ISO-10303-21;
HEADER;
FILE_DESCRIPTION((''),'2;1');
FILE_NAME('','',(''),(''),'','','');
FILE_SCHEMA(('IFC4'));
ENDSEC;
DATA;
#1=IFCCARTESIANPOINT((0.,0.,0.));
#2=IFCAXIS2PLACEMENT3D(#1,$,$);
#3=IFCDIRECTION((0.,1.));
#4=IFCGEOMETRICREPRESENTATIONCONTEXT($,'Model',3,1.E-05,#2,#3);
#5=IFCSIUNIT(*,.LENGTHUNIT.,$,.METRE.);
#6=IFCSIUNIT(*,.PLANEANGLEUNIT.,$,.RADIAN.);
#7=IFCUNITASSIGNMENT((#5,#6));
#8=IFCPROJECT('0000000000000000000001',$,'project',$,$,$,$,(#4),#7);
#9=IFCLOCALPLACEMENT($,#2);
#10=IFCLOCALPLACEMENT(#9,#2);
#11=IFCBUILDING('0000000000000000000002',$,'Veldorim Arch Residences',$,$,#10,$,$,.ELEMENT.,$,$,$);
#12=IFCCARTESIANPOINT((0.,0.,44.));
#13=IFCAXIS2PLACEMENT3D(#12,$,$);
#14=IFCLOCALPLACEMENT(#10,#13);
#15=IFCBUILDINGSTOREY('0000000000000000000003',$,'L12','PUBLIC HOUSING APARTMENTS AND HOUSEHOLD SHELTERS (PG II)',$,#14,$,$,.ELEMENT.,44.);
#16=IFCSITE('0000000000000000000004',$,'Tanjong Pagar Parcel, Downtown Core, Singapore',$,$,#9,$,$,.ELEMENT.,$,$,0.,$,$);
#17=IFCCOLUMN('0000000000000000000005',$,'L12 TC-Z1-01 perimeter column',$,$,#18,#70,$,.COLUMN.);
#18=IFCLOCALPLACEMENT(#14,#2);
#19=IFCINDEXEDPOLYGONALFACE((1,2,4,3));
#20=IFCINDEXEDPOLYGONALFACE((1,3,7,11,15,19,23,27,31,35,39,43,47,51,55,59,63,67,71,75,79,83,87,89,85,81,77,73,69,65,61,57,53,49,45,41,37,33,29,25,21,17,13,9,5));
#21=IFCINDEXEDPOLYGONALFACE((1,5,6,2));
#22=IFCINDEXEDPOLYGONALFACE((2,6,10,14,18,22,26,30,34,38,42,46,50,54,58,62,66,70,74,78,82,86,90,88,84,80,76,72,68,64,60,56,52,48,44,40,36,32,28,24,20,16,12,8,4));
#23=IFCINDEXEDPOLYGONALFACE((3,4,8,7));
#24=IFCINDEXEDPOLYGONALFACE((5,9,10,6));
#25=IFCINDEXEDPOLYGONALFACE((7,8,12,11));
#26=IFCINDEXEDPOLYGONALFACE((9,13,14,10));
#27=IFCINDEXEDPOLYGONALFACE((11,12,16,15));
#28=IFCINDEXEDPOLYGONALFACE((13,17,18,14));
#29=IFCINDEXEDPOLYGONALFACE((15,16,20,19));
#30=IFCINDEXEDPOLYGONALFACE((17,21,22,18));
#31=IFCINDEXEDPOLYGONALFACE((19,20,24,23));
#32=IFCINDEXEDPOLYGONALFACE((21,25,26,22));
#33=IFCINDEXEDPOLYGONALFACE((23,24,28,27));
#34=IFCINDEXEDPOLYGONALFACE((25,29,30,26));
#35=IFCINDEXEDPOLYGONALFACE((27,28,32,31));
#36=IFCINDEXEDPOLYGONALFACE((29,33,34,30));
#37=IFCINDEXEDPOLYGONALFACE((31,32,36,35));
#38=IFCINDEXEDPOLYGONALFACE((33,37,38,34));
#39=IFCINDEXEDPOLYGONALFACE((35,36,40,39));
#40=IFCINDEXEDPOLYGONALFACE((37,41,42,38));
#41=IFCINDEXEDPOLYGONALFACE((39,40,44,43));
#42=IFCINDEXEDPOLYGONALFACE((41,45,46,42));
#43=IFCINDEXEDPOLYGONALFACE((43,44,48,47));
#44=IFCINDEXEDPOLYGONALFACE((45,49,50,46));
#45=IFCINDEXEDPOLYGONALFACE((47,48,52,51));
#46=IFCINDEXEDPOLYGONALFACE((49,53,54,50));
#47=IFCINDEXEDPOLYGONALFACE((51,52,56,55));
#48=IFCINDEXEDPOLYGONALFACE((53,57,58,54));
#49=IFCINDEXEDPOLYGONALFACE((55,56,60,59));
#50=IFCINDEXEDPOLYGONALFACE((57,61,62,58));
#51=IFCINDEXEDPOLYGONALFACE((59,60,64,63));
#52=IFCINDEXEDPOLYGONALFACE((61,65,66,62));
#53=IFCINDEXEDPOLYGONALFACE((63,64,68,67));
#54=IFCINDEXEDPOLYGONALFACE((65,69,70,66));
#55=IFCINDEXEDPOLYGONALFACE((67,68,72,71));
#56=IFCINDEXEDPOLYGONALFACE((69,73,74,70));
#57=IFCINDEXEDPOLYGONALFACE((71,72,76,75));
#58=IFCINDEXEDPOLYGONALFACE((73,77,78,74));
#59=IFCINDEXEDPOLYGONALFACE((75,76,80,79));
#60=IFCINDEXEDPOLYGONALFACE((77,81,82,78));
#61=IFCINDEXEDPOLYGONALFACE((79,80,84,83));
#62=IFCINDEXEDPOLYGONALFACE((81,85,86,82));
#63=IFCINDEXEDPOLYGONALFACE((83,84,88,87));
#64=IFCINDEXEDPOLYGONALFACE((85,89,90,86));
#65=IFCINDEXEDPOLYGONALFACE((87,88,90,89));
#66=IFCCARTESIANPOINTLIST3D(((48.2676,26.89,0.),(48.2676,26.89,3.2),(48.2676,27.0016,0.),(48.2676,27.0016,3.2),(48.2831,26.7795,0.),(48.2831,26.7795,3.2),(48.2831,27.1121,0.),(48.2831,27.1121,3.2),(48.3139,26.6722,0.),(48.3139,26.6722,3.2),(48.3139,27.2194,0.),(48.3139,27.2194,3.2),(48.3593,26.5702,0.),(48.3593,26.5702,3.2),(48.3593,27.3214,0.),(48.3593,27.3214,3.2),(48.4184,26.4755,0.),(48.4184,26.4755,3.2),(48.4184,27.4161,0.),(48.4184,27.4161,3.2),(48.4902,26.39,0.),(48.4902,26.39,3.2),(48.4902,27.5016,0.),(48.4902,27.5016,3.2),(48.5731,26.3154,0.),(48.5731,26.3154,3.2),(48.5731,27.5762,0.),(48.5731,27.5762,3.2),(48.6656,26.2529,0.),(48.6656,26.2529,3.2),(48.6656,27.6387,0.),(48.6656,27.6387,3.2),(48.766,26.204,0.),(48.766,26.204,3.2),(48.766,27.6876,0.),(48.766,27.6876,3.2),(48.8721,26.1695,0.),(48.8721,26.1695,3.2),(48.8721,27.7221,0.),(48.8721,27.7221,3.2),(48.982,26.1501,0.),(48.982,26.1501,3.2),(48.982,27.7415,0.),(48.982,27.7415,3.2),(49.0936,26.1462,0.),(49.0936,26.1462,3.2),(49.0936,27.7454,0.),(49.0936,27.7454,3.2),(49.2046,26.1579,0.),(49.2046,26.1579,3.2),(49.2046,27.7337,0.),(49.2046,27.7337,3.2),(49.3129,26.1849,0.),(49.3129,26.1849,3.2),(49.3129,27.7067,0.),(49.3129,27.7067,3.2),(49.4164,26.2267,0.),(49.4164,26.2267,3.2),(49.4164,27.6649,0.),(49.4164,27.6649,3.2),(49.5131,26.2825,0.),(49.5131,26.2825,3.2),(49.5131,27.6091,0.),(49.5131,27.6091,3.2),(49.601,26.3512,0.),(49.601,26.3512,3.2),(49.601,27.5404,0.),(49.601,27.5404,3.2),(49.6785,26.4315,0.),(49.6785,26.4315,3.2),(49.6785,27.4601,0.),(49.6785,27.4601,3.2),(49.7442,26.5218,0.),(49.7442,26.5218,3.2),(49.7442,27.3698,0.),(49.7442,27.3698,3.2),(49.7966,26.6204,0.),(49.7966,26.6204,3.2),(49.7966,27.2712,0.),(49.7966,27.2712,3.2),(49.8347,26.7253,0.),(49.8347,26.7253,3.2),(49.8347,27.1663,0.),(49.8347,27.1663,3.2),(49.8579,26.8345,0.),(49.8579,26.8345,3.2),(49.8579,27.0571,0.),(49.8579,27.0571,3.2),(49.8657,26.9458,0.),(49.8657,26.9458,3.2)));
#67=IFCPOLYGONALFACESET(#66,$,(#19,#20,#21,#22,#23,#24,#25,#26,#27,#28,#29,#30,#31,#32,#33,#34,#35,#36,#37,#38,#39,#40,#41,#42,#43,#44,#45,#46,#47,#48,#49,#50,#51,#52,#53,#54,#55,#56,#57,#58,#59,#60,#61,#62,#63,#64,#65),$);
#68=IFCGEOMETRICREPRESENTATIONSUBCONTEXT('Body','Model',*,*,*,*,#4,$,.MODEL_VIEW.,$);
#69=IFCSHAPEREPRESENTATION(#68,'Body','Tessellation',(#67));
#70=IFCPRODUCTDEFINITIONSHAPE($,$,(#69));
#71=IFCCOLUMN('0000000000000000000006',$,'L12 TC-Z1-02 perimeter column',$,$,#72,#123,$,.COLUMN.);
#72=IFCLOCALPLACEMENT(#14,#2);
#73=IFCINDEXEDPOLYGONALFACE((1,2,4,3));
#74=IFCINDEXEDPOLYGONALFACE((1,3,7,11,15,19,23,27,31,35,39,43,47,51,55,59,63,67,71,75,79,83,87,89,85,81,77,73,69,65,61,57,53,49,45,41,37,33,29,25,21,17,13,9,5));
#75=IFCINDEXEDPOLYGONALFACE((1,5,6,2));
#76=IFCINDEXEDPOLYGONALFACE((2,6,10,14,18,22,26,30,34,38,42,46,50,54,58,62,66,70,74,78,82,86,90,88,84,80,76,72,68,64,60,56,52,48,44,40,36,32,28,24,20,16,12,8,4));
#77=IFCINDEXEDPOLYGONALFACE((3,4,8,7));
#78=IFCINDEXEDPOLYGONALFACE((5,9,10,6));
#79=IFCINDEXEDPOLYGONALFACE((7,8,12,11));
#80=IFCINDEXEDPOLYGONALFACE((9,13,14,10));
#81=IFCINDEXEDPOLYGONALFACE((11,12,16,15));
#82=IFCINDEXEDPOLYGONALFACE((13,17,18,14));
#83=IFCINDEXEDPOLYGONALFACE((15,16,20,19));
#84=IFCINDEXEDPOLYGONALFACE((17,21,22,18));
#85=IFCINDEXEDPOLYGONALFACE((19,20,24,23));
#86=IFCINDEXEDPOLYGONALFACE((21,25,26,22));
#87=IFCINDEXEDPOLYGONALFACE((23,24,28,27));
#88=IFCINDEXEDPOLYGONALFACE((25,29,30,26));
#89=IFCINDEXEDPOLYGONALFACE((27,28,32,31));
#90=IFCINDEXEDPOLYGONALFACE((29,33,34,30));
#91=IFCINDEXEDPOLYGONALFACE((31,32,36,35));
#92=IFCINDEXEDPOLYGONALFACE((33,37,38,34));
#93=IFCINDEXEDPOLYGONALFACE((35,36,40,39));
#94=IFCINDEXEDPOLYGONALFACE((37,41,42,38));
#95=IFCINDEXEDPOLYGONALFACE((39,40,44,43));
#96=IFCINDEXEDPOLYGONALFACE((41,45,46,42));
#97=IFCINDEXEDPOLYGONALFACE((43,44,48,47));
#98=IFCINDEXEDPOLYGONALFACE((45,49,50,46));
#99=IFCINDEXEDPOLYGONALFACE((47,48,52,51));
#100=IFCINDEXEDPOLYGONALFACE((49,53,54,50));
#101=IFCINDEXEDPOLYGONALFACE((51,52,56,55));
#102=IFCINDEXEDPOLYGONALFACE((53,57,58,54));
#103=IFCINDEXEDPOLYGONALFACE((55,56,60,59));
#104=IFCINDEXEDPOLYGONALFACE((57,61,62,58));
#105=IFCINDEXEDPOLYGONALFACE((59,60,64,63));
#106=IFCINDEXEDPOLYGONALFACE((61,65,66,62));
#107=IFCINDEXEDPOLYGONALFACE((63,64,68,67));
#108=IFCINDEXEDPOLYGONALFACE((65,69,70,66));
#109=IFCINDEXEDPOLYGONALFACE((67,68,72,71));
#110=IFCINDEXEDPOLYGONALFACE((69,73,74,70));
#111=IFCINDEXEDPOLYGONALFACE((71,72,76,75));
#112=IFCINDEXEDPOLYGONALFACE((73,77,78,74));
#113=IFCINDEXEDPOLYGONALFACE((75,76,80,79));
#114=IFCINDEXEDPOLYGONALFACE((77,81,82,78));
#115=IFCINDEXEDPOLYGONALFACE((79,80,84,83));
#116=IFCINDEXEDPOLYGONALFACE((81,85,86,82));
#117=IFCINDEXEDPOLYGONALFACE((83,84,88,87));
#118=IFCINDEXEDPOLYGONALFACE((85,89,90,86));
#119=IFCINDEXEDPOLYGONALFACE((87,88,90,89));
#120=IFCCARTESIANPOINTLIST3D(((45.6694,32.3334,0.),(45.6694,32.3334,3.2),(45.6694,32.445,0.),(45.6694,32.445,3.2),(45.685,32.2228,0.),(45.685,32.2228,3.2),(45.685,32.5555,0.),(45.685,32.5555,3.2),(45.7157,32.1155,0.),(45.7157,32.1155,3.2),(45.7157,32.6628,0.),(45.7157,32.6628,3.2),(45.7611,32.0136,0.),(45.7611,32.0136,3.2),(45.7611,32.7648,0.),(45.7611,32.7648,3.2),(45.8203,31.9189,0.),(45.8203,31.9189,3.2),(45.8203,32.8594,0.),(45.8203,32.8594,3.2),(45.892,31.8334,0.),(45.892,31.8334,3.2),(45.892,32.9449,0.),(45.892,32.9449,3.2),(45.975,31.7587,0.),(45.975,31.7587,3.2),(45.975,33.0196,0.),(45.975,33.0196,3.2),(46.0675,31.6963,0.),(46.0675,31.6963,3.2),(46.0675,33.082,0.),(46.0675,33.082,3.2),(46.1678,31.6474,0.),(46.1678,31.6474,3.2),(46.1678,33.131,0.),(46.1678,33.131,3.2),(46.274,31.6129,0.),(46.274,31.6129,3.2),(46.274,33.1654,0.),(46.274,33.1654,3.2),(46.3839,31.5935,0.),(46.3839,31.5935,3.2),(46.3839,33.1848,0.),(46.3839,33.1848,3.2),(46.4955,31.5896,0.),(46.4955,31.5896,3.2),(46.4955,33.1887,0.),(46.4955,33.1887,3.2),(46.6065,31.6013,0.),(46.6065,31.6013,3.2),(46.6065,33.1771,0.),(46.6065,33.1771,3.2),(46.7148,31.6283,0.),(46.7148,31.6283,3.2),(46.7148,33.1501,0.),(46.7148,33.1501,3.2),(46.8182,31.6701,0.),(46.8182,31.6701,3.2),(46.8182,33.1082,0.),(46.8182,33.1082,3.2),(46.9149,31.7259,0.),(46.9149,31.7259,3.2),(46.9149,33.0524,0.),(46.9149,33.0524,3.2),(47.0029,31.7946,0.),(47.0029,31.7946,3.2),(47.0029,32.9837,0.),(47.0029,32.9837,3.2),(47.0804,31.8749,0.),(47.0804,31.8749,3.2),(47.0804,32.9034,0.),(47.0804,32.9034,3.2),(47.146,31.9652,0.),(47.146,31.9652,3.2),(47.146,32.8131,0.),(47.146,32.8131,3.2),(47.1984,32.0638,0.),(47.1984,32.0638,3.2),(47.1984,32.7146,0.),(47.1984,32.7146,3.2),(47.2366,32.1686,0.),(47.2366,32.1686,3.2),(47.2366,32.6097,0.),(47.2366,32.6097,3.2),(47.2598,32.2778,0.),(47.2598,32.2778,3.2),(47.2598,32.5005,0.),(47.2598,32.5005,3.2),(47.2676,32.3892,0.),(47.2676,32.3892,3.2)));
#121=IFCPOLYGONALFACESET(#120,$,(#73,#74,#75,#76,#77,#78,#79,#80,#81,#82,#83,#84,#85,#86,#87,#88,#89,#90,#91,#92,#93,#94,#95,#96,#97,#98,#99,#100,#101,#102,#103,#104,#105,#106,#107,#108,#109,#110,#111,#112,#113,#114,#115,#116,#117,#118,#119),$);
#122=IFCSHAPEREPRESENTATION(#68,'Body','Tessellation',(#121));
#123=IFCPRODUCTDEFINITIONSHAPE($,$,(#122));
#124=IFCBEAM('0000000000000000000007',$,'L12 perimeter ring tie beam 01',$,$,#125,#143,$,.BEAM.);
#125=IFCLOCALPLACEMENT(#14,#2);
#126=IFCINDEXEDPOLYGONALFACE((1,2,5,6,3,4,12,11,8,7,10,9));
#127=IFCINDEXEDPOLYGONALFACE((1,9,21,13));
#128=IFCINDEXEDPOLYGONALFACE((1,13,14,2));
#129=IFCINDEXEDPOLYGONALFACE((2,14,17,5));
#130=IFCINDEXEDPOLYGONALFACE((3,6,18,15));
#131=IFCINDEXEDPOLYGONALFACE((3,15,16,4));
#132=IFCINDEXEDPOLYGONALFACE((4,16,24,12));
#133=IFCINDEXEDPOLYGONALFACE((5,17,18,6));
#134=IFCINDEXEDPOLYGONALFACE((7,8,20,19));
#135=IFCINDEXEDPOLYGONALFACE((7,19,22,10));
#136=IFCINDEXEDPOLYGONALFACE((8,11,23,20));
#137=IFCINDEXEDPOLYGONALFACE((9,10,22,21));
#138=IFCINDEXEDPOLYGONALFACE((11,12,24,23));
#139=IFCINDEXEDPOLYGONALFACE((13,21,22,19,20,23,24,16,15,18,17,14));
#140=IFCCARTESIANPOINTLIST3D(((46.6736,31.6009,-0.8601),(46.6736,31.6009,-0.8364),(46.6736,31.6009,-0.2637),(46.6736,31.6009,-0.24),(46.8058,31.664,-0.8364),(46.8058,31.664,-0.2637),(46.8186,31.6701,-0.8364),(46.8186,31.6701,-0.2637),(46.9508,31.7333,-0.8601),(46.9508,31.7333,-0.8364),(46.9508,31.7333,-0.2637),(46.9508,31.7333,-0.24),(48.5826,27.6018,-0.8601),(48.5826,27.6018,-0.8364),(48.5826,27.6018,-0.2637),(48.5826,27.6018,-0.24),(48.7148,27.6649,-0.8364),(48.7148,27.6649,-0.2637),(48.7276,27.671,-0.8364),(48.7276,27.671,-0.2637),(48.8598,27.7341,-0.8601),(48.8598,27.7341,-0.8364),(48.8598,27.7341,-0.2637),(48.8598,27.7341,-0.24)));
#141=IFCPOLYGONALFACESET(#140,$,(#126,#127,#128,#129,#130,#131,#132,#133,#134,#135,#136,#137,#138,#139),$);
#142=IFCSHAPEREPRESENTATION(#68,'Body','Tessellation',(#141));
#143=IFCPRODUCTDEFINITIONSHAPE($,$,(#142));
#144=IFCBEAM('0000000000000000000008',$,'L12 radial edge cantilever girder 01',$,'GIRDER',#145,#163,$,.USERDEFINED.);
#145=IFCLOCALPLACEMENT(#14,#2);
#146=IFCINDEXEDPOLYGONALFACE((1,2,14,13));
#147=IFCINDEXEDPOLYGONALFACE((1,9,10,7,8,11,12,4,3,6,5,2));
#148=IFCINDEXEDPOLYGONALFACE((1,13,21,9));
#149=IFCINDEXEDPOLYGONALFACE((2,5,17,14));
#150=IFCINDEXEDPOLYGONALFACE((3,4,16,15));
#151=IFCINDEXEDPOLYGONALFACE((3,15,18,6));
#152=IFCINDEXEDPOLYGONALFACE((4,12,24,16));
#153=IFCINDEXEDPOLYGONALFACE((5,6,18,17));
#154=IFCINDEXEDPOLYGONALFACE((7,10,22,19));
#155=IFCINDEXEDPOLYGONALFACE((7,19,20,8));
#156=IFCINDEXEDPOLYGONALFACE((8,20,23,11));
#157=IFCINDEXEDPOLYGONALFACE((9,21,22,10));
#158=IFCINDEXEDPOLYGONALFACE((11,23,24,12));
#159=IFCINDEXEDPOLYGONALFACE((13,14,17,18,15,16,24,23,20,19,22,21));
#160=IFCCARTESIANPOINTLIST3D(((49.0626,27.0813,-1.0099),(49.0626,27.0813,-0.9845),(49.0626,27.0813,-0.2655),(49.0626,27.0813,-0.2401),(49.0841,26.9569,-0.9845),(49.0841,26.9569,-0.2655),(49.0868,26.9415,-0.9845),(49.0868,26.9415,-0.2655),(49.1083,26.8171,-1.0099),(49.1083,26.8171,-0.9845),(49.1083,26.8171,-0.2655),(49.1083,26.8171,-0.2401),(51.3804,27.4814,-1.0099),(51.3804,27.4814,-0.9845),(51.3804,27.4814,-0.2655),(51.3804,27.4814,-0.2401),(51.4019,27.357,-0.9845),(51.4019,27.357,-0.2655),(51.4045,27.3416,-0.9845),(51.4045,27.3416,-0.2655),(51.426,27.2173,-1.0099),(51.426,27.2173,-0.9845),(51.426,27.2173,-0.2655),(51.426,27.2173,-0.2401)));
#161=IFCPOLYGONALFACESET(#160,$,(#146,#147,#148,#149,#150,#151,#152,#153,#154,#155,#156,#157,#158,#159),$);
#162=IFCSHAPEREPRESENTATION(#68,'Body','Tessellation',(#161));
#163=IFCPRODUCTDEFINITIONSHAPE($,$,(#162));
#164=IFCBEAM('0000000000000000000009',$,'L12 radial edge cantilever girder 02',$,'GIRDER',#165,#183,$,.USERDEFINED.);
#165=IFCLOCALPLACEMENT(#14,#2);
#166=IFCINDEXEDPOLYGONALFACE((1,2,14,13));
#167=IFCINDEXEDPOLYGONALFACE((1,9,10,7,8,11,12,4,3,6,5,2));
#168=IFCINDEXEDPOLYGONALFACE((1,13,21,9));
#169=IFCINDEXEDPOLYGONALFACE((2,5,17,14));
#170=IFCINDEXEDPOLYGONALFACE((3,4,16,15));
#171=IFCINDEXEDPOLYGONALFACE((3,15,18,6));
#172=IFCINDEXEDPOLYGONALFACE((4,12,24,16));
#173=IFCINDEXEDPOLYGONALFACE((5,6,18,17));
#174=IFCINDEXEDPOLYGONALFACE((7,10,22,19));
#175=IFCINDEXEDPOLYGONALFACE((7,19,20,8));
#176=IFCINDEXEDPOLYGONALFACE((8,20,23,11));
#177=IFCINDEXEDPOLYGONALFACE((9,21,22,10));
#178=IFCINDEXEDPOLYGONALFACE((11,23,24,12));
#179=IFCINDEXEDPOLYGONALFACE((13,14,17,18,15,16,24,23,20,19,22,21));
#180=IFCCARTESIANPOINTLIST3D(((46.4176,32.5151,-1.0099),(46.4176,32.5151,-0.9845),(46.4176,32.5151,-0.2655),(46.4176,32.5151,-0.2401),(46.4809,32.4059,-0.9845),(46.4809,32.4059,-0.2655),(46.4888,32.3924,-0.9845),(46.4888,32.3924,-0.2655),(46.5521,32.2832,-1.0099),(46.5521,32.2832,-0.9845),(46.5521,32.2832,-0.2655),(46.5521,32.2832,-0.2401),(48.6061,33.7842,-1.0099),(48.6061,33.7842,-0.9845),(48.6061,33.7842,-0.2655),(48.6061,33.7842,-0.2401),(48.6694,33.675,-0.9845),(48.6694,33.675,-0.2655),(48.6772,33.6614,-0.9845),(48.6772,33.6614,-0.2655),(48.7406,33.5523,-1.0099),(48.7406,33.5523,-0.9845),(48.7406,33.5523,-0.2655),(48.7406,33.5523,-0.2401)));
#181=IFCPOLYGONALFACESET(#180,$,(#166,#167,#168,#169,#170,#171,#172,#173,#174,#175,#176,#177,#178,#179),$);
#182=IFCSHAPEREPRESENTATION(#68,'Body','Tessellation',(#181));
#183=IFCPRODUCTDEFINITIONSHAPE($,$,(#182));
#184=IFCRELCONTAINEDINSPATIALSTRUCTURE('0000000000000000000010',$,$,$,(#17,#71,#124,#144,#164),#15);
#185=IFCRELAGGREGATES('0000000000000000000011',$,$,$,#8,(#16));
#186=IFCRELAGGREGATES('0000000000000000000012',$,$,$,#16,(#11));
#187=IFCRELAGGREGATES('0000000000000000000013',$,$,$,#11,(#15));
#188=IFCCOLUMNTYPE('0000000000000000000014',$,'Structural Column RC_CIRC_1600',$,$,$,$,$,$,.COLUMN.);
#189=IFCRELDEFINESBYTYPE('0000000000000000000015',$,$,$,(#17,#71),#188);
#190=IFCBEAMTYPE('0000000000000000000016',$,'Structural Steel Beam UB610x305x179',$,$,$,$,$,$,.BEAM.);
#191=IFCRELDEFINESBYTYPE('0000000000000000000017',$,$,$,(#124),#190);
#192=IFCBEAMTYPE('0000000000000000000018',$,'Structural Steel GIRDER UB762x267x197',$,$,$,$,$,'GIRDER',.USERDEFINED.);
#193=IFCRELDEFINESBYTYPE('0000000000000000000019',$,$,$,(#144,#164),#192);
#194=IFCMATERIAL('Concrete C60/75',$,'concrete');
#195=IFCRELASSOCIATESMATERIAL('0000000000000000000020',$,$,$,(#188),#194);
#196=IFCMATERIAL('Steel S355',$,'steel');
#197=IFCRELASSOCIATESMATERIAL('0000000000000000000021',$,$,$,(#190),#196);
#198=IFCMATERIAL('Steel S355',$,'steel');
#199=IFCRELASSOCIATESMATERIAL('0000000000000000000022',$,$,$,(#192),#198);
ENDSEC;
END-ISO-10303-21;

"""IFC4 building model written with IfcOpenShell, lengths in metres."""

from ifc_helpers import new_model, si_unit, direction, frame, origin, origin_2d, place, context, subcontext, project, spatial, circle, i_section, extrude, material, material_profile, profile_set, type_object, element, save


model = new_model("IFC4")

# Units and contexts
model_context = context("Model", 3, precision=1e-05, world=origin(), true_north=direction((0.0, 1.0)))
body_context = subcontext(model_context, "Body", "Model", "MODEL_VIEW")
ifc_project = project(units=[si_unit("LENGTHUNIT", "METRE"), si_unit("PLANEANGLEUNIT", "RADIAN")], contexts=[model_context])

# Site, building, storey
site_placement = place(None, origin())
site = spatial("IfcSite", under=ifc_project, at=site_placement, Name="Tanjong Pagar Parcel, Downtown Core, Singapore", CompositionType="ELEMENT", RefElevation=0.0)
building_placement = place(site_placement, origin())
building = spatial("IfcBuilding", under=site, at=building_placement, Name="Veldorim Arch Residences", CompositionType="ELEMENT")
storey_placement = place(building_placement, frame((0.0, 0.0, 44.0)))
storey = spatial("IfcBuildingStorey", under=building, at=storey_placement, Name="L12", Description="PUBLIC HOUSING APARTMENTS AND HOUSEHOLD SHELTERS (PG II)", CompositionType="ELEMENT", Elevation=44.0)

# Columns
ifc_material_1 = material(Name="Concrete C60/75", Category="concrete")
ifc_material_profile_1 = material_profile(ifc_material_1, circle(Radius=0.8, at=origin_2d()), Name="RC_CIRC_1600")
ifc_profile_set_1 = profile_set([ifc_material_profile_1], Name="Concrete C60/75")
column_type = type_object("IfcColumnType", Name="Structural Column RC_CIRC_1600", PredefinedType="COLUMN", material=ifc_profile_set_1)
for number, where, z_axis, x_axis, name in (
    (1, (49.0657, 26.9458, 0.0), (0.0, 0.0, 1.0), (1.0, 0.0, 0.0), "L12 TC-Z1-01 perimeter column"),
    (2, (46.4675, 32.3892, 0.0), (0.0, 0.0, 1.0), (1.0, 0.0, 0.0), "L12 TC-Z1-02 perimeter column"),
):
    element("IfcColumn", number, at=place(storey_placement, frame(where, z_axis=z_axis, x_axis=x_axis)), inside=storey, type_object=column_type, Name=name, PredefinedType="COLUMN", context=body_context, shape_type="SweptSolid", body=[
        extrude(circle(Radius=0.8, at=origin_2d()), origin(), (0.0, 0.0, 1.0), 3.2),
    ])

# Beams
ifc_material_2 = material(Name="Steel S355", Category="steel")
ifc_material_profile_2 = material_profile(ifc_material_2, i_section(OverallWidth=0.3071, OverallDepth=0.6201, WebThickness=0.0142, FlangeThickness=0.0237, at=origin_2d()), Name="UB610x305x179")
ifc_profile_set_2 = profile_set([ifc_material_profile_2], Name="Steel S355")
beam_type_1 = type_object("IfcBeamType", Name="Structural Steel Beam UB610x305x179", PredefinedType="BEAM", material=ifc_profile_set_2)
beam_1_placement = place(storey_placement, frame((48.7212, 27.668, -0.55), z_axis=(-0.430787, 0.902454, 0.0), x_axis=(-0.902454, -0.430787, 0.0)))
element("IfcBeam", 3, at=beam_1_placement, inside=storey, type_object=beam_type_1, Name="L12 perimeter ring tie beam 01", PredefinedType="BEAM", context=body_context, shape_type="SweptSolid", body=[
    extrude(i_section(OverallWidth=0.3071, OverallDepth=0.6201, WebThickness=0.0142, FlangeThickness=0.0237, at=origin_2d()), origin(), (0.0, 0.0, 1.0), 4.4314),
])
ifc_material_3 = material(Name="Steel S355", Category="steel")
ifc_material_profile_3 = material_profile(ifc_material_3, i_section(OverallWidth=0.2681, OverallDepth=0.7698, WebThickness=0.0156, FlangeThickness=0.0254, at=origin_2d()), Name="UB762x267x197")
ifc_profile_set_3 = profile_set([ifc_material_profile_3], Name="Steel S355")
beam_type_2 = type_object("IfcBeamType", Name="Structural Steel GIRDER UB762x267x197", ElementType="GIRDER", PredefinedType="USERDEFINED", material=ifc_profile_set_3)
beam_2_placement = place(storey_placement, frame((49.0854, 26.9492, -0.625), z_axis=(0.985424, 0.170119, 0.0), x_axis=(-0.170119, 0.985424, 0.0)))
element("IfcBeam", 4, at=beam_2_placement, inside=storey, type_object=beam_type_2, Name="L12 radial edge cantilever girder 01", ObjectType="GIRDER", PredefinedType="USERDEFINED", context=body_context, shape_type="SweptSolid", body=[
    extrude(i_section(OverallWidth=0.2681, OverallDepth=0.7698, WebThickness=0.0156, FlangeThickness=0.0254, at=origin_2d()), origin(), (0.0, 0.0, 1.0), 2.3521),
])
beam_3_placement = place(storey_placement, frame((46.4849, 32.3992, -0.625), z_axis=(0.865078, 0.501637, 0.0), x_axis=(-0.501637, 0.865078, 0.0)))
element("IfcBeam", 5, at=beam_3_placement, inside=storey, type_object=beam_type_2, Name="L12 radial edge cantilever girder 02", ObjectType="GIRDER", PredefinedType="USERDEFINED", context=body_context, shape_type="SweptSolid", body=[
    extrude(i_section(OverallWidth=0.2681, OverallDepth=0.7698, WebThickness=0.0156, FlangeThickness=0.0254, at=origin_2d()), origin(), (0.0, 0.0, 1.0), 2.5298),
])

save(model, "model.ifc")
